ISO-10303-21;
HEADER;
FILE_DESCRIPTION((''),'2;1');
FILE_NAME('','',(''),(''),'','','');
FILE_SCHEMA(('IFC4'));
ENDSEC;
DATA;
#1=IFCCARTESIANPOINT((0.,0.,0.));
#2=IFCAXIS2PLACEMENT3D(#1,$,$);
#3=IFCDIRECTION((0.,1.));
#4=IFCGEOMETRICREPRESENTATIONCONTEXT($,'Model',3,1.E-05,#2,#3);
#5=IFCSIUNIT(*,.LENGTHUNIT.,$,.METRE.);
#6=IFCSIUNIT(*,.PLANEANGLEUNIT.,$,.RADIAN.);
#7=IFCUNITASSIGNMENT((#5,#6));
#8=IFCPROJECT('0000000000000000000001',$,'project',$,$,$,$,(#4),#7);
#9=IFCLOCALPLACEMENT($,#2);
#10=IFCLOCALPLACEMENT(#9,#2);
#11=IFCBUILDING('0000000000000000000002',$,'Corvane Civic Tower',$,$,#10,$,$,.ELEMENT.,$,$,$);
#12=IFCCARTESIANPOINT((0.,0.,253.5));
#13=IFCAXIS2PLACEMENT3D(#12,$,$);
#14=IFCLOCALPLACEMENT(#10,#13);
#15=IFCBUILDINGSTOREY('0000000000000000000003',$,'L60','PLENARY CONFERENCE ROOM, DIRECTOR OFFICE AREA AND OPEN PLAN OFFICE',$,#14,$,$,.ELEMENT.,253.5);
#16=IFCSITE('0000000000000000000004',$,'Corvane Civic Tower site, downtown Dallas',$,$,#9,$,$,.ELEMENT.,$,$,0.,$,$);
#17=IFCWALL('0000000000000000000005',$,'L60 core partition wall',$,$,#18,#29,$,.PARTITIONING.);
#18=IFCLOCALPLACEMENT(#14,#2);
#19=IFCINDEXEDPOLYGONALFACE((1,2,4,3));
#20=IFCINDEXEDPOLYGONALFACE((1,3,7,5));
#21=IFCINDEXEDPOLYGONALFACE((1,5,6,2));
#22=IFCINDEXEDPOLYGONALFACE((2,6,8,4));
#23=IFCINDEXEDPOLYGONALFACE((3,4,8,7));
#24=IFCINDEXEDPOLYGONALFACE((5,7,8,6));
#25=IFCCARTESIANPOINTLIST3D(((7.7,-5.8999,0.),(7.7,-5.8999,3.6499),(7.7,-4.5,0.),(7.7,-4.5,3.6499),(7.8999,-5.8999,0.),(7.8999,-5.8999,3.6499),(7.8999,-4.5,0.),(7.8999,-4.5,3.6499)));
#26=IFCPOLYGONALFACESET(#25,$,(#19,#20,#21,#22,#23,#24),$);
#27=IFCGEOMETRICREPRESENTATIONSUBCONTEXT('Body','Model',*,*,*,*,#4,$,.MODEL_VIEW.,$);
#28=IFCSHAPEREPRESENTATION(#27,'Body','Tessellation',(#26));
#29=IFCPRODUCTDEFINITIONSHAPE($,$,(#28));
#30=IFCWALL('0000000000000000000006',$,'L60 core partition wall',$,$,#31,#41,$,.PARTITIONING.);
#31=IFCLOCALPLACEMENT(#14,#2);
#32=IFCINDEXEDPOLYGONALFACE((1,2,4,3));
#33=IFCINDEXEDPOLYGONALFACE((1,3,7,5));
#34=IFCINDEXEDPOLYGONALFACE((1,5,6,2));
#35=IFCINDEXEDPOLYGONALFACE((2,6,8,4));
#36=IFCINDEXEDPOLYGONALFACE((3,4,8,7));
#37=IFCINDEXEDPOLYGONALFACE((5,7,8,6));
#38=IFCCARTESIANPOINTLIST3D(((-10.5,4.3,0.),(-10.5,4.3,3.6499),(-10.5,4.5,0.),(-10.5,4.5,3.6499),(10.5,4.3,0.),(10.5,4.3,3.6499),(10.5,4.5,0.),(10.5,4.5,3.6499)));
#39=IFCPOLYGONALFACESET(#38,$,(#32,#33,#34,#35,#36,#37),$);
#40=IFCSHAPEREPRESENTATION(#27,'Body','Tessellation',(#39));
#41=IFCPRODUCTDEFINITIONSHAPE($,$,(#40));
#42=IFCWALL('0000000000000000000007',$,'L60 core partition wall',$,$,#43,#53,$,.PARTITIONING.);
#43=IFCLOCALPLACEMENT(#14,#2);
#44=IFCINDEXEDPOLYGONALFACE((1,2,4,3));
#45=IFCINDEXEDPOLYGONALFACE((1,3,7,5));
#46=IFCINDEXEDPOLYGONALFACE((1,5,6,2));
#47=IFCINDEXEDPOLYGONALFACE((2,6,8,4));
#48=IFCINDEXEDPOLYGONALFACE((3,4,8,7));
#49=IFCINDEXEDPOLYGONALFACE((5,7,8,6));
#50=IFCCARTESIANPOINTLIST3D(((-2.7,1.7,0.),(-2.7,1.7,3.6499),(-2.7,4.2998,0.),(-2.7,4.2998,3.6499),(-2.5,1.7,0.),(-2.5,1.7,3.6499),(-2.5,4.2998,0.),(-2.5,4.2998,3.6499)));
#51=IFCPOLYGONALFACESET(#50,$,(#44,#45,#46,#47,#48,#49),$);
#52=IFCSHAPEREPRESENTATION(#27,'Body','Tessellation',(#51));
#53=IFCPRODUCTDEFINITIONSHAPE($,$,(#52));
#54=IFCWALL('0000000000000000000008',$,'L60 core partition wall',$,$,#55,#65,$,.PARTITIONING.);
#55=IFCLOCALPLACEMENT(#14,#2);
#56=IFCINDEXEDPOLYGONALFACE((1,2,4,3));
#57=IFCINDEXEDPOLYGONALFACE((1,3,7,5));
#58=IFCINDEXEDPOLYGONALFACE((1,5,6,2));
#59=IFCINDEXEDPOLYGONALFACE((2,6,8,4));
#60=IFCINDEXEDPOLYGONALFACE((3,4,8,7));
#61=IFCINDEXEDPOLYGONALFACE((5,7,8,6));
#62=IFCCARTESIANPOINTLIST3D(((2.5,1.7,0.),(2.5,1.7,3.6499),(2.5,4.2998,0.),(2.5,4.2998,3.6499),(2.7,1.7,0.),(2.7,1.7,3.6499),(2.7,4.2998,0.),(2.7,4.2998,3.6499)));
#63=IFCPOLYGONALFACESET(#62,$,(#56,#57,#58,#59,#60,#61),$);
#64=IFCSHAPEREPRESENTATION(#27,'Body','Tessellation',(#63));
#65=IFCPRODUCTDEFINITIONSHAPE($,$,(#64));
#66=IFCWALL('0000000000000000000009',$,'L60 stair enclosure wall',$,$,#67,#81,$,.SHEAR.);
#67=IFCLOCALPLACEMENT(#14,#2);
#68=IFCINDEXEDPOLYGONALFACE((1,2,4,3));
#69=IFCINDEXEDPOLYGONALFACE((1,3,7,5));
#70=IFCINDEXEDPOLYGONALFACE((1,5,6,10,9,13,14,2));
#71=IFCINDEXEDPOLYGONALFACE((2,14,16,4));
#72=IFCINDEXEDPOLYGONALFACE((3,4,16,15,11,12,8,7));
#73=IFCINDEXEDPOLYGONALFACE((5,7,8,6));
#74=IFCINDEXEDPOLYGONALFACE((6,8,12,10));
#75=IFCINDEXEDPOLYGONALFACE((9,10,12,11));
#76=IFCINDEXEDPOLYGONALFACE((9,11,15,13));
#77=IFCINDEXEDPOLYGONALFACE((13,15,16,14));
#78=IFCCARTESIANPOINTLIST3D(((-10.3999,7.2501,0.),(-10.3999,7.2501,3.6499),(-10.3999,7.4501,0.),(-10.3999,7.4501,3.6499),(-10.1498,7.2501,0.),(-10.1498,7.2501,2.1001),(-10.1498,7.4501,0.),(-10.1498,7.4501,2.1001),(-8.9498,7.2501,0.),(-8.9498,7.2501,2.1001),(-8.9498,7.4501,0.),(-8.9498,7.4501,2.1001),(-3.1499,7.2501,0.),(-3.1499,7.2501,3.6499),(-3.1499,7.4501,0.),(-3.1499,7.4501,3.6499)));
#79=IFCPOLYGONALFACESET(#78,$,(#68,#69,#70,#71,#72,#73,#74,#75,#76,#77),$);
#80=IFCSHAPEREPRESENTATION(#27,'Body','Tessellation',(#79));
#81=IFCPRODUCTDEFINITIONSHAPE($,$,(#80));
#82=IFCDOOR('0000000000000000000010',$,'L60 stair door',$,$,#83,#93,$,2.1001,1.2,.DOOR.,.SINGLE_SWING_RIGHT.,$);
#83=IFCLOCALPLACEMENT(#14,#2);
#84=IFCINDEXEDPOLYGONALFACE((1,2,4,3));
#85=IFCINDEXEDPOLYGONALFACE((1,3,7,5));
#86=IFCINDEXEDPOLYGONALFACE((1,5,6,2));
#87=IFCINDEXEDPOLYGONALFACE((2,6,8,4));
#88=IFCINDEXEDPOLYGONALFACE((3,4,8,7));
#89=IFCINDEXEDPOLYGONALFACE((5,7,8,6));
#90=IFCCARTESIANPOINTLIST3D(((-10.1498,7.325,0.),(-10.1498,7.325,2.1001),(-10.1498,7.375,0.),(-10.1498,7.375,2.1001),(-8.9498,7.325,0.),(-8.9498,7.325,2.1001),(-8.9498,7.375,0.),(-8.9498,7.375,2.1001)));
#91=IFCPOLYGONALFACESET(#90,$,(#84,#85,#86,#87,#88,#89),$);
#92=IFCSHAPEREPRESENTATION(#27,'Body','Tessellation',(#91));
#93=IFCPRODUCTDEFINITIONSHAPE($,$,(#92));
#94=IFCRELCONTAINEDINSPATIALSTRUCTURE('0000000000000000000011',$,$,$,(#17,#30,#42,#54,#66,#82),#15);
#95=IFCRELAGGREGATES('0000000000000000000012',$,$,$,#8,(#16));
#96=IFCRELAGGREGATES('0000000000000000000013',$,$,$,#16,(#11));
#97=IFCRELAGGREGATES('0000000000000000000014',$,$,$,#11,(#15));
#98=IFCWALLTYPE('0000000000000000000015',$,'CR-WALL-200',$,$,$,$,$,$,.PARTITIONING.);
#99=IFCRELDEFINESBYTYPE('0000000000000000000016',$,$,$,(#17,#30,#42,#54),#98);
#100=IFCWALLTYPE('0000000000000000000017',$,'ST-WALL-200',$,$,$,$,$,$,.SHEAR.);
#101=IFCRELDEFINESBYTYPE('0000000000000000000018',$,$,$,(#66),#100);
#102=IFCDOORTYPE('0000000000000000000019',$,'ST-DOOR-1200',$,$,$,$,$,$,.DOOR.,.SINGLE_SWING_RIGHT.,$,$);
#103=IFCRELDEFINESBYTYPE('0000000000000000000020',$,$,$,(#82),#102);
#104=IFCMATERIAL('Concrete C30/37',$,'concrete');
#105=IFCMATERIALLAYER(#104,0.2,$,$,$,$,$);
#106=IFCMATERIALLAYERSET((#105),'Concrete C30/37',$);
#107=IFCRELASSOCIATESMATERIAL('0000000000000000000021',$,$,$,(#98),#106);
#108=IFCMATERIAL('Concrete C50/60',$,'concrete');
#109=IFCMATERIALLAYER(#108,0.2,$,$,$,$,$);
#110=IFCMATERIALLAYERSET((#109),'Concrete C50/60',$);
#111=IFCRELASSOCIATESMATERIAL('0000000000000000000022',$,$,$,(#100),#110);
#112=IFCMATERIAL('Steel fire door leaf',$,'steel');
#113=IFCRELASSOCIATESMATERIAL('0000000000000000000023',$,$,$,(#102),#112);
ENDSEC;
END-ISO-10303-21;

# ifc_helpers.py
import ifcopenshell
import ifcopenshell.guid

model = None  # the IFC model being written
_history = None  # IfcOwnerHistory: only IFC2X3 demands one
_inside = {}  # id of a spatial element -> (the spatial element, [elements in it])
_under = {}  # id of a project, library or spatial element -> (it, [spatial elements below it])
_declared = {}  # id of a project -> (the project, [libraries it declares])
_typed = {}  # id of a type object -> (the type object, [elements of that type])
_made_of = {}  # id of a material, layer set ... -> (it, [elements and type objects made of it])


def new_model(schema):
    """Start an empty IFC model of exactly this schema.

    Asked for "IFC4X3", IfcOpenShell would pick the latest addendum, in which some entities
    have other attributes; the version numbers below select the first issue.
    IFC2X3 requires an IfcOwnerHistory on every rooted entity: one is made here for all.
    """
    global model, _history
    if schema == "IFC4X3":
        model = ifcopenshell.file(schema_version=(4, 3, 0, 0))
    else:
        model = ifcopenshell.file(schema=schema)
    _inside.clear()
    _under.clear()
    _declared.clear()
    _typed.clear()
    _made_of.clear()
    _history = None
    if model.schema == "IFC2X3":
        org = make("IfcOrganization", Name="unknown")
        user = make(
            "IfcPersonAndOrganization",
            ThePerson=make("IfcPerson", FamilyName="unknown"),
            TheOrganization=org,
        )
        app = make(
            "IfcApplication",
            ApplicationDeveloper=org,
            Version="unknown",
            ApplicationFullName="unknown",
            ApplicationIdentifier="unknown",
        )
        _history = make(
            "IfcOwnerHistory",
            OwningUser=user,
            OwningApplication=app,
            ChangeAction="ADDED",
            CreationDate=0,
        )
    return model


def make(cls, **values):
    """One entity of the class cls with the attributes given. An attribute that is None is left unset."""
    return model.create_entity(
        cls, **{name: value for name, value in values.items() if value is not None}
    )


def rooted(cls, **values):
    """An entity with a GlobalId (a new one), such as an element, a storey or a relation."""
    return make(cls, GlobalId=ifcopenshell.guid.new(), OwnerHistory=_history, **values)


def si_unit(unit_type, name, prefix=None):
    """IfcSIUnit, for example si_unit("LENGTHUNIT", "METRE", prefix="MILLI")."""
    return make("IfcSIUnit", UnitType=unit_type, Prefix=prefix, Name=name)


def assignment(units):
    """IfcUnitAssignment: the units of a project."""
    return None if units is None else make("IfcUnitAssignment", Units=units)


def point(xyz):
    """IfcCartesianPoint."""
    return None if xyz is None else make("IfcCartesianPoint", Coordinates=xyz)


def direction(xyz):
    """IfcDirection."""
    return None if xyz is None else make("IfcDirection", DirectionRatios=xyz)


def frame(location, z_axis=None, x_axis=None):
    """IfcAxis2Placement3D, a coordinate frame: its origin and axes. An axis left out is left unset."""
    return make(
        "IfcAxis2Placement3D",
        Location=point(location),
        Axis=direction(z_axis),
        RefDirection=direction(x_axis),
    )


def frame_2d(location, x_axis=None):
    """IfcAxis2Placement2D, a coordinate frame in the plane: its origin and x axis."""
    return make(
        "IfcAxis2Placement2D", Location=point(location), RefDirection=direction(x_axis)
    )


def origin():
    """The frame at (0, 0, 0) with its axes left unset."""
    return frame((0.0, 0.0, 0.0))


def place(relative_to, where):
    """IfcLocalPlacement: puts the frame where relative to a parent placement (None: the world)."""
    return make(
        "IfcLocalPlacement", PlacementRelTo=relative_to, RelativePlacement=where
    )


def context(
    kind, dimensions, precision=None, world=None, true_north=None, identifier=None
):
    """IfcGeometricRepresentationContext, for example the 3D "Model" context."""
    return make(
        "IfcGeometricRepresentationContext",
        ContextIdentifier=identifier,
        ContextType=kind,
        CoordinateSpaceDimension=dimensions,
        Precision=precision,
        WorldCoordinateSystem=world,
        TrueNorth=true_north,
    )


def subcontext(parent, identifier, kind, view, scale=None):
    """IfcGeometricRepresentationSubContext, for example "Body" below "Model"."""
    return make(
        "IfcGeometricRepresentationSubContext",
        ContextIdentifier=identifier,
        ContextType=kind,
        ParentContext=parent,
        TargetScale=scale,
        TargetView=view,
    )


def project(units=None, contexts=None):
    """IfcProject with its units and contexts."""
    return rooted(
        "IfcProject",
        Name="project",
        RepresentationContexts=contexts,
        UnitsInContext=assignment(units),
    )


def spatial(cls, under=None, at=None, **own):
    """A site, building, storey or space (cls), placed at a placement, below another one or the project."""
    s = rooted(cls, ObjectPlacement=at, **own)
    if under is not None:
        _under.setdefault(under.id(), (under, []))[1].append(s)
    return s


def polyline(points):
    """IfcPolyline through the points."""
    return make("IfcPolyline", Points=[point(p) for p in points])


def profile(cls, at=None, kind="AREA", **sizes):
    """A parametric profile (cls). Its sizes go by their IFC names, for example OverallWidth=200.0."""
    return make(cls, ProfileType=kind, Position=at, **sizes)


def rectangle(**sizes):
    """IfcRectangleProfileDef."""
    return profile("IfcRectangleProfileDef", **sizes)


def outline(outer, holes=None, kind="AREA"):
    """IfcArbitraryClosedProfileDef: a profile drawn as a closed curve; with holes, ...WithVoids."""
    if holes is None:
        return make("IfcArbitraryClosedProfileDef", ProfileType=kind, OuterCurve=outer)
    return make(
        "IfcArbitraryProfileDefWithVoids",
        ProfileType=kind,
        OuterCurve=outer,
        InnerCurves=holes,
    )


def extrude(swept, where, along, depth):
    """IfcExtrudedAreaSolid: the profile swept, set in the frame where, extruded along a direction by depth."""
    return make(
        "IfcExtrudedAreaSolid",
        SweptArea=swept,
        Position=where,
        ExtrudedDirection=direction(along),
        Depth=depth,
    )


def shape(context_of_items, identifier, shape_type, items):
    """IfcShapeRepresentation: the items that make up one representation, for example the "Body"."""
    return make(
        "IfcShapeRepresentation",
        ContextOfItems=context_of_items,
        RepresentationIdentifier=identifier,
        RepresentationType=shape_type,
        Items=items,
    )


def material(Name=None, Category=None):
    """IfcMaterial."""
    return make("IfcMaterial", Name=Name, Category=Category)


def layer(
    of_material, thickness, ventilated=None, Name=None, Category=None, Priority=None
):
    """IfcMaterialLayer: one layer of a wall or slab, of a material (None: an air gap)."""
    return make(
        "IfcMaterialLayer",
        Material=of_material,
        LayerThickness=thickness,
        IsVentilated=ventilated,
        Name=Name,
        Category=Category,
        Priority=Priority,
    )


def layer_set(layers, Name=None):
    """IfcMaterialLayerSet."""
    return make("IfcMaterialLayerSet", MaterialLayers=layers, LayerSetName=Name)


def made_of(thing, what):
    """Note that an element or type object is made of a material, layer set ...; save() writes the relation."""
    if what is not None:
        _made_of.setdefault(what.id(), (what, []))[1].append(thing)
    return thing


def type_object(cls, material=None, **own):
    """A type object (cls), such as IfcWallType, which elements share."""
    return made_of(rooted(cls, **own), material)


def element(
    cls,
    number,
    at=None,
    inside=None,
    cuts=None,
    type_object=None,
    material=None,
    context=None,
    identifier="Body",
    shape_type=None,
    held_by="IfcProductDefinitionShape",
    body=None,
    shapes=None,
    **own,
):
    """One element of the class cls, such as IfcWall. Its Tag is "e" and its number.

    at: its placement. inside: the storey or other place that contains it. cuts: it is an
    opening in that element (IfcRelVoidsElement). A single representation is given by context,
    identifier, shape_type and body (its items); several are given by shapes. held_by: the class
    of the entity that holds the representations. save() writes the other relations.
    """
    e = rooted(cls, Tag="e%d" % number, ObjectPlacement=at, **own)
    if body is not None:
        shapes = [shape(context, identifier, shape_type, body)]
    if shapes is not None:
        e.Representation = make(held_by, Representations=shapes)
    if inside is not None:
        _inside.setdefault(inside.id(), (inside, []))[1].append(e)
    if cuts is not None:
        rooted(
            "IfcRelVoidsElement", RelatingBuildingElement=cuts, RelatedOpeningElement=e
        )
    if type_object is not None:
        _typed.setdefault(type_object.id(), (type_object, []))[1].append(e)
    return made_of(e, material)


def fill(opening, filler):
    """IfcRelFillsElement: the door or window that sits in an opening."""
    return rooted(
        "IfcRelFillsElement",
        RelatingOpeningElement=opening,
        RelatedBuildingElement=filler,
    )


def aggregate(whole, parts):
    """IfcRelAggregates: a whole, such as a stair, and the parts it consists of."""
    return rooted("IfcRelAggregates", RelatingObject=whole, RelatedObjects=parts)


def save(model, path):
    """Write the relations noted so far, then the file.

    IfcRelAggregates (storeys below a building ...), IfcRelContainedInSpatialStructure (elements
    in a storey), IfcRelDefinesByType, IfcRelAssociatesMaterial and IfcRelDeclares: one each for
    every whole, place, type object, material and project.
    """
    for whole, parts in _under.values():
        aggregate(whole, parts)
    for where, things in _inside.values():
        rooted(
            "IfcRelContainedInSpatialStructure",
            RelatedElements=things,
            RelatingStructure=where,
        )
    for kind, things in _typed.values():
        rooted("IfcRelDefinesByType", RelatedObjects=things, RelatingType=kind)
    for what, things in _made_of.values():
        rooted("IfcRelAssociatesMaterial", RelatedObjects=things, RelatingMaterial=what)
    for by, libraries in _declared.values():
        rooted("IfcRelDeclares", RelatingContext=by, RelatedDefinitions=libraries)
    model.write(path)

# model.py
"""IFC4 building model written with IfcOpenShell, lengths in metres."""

from ifc_helpers import new_model, si_unit, direction, frame, frame_2d, origin, place, context, subcontext, project, spatial, polyline, rectangle, outline, extrude, material, layer, layer_set, type_object, element, fill, save


model = new_model("IFC4")

# Units and contexts
model_context = context("Model", 3, precision=1e-05, world=origin(), true_north=direction((0.0, 1.0)))
body_context = subcontext(model_context, "Body", "Model", "MODEL_VIEW")
ifc_project = project(units=[si_unit("LENGTHUNIT", "METRE"), si_unit("PLANEANGLEUNIT", "RADIAN")], contexts=[model_context])

# Site, building, storey
site_placement = place(None, origin())
site = spatial("IfcSite", under=ifc_project, at=site_placement, Name="Corvane Civic Tower site, downtown Dallas", CompositionType="ELEMENT", RefElevation=0.0)
building_placement = place(site_placement, origin())
building = spatial("IfcBuilding", under=site, at=building_placement, Name="Corvane Civic Tower", CompositionType="ELEMENT")
storey_placement = place(building_placement, frame((0.0, 0.0, 253.5)))
storey = spatial("IfcBuildingStorey", under=building, at=storey_placement, Name="L60", Description="PLENARY CONFERENCE ROOM, DIRECTOR OFFICE AREA AND OPEN PLAN OFFICE", CompositionType="ELEMENT", Elevation=253.5)

# Shared definitions
ifc_material_1 = material(Name="Concrete C30/37", Category="concrete")
ifc_layer_1 = layer(ifc_material_1, 0.2)
ifc_layer_set_1 = layer_set([ifc_layer_1], Name="Concrete C30/37")
wall_type_1 = type_object("IfcWallType", Name="CR-WALL-200", PredefinedType="PARTITIONING", material=ifc_layer_set_1)

# Walls
wall_1_placement = place(storey_placement, origin())
element("IfcWall", 1, at=wall_1_placement, inside=storey, type_object=wall_type_1, Name="L60 core partition wall", PredefinedType="PARTITIONING", context=body_context, shape_type="SweptSolid", body=[
    extrude(outline(polyline([(7.8999, -5.8999), (7.7, -5.8999), (7.7, -4.5), (7.8999, -4.5), (7.8999, -5.8999)])), origin(), (0.0, 0.0, 1.0), 3.6499),
])
wall_2_placement = place(storey_placement, origin())
element("IfcWall", 2, at=wall_2_placement, inside=storey, type_object=wall_type_1, Name="L60 core partition wall", PredefinedType="PARTITIONING", context=body_context, shape_type="SweptSolid", body=[
    extrude(outline(polyline([(10.5, 4.5), (10.5, 4.3), (-10.5, 4.3), (-10.5, 4.5), (10.5, 4.5)])), origin(), (0.0, 0.0, 1.0), 3.6499),
])
wall_3_placement = place(storey_placement, origin())
element("IfcWall", 3, at=wall_3_placement, inside=storey, type_object=wall_type_1, Name="L60 core partition wall", PredefinedType="PARTITIONING", context=body_context, shape_type="SweptSolid", body=[
    extrude(outline(polyline([(-2.5, 1.7), (-2.7, 1.7), (-2.7, 4.2998), (-2.5, 4.2998), (-2.5, 1.7)])), origin(), (0.0, 0.0, 1.0), 3.6499),
])
wall_4_placement = place(storey_placement, origin())
element("IfcWall", 4, at=wall_4_placement, inside=storey, type_object=wall_type_1, Name="L60 core partition wall", PredefinedType="PARTITIONING", context=body_context, shape_type="SweptSolid", body=[
    extrude(outline(polyline([(2.7, 1.7), (2.5, 1.7), (2.5, 4.2998), (2.7, 4.2998), (2.7, 1.7)])), origin(), (0.0, 0.0, 1.0), 3.6499),
])

# Wall, opening, door
ifc_material_2 = material(Name="Concrete C50/60", Category="concrete")
ifc_layer_2 = layer(ifc_material_2, 0.2)
ifc_layer_set_2 = layer_set([ifc_layer_2], Name="Concrete C50/60")
wall_type_2 = type_object("IfcWallType", Name="ST-WALL-200", PredefinedType="SHEAR", material=ifc_layer_set_2)
wall_5_placement = place(storey_placement, frame((-10.3999, 7.3501, 0.0), z_axis=(0.0, 0.0, 1.0), x_axis=(1.0, 0.0, 0.0)))
wall_5 = element("IfcWall", 5, at=wall_5_placement, inside=storey, type_object=wall_type_2, Name="L60 stair enclosure wall", PredefinedType="SHEAR", context=body_context, shape_type="SweptSolid", body=[
    extrude(rectangle(XDim=7.25, YDim=0.2, at=frame_2d((3.625, 0.0))), origin(), (0.0, 0.0, 1.0), 3.6499),
])
opening_1_placement = place(wall_5_placement, frame((0.25, 0.0, 0.0)))
opening_1 = element("IfcOpeningElement", 6, at=opening_1_placement, cuts=wall_5, PredefinedType="OPENING", context=body_context, shape_type="SweptSolid", body=[
    extrude(rectangle(XDim=1.2, YDim=2.1001, at=frame_2d((0.6001, 1.05))), frame((0.0, 0.1099, 0.0), z_axis=(0.0, -1.0, 0.0), x_axis=(1.0, 0.0, 0.0)), (0.0, 0.0, 1.0), 0.22),
])
ifc_material_3 = material(Name="Steel fire door leaf", Category="steel")
door_type_1 = type_object("IfcDoorType", Name="ST-DOOR-1200", OperationType="SINGLE_SWING_RIGHT", PredefinedType="DOOR", material=ifc_material_3)
door_1_placement = place(opening_1_placement, origin())
door_1 = element("IfcDoor", 7, at=door_1_placement, inside=storey, type_object=door_type_1, Name="L60 stair door", OperationType="SINGLE_SWING_RIGHT", OverallHeight=2.1001, OverallWidth=1.2, PredefinedType="DOOR", context=body_context, shape_type="SweptSolid", body=[
    extrude(rectangle(XDim=1.2, YDim=2.1001, at=frame_2d((0.6001, 1.05))), frame((0.0, 0.0249, 0.0), z_axis=(0.0, -1.0, 0.0), x_axis=(1.0, 0.0, 0.0)), (0.0, 0.0, 1.0), 0.05),
])
fill(opening_1, door_1)

save(model, "model.ifc")
